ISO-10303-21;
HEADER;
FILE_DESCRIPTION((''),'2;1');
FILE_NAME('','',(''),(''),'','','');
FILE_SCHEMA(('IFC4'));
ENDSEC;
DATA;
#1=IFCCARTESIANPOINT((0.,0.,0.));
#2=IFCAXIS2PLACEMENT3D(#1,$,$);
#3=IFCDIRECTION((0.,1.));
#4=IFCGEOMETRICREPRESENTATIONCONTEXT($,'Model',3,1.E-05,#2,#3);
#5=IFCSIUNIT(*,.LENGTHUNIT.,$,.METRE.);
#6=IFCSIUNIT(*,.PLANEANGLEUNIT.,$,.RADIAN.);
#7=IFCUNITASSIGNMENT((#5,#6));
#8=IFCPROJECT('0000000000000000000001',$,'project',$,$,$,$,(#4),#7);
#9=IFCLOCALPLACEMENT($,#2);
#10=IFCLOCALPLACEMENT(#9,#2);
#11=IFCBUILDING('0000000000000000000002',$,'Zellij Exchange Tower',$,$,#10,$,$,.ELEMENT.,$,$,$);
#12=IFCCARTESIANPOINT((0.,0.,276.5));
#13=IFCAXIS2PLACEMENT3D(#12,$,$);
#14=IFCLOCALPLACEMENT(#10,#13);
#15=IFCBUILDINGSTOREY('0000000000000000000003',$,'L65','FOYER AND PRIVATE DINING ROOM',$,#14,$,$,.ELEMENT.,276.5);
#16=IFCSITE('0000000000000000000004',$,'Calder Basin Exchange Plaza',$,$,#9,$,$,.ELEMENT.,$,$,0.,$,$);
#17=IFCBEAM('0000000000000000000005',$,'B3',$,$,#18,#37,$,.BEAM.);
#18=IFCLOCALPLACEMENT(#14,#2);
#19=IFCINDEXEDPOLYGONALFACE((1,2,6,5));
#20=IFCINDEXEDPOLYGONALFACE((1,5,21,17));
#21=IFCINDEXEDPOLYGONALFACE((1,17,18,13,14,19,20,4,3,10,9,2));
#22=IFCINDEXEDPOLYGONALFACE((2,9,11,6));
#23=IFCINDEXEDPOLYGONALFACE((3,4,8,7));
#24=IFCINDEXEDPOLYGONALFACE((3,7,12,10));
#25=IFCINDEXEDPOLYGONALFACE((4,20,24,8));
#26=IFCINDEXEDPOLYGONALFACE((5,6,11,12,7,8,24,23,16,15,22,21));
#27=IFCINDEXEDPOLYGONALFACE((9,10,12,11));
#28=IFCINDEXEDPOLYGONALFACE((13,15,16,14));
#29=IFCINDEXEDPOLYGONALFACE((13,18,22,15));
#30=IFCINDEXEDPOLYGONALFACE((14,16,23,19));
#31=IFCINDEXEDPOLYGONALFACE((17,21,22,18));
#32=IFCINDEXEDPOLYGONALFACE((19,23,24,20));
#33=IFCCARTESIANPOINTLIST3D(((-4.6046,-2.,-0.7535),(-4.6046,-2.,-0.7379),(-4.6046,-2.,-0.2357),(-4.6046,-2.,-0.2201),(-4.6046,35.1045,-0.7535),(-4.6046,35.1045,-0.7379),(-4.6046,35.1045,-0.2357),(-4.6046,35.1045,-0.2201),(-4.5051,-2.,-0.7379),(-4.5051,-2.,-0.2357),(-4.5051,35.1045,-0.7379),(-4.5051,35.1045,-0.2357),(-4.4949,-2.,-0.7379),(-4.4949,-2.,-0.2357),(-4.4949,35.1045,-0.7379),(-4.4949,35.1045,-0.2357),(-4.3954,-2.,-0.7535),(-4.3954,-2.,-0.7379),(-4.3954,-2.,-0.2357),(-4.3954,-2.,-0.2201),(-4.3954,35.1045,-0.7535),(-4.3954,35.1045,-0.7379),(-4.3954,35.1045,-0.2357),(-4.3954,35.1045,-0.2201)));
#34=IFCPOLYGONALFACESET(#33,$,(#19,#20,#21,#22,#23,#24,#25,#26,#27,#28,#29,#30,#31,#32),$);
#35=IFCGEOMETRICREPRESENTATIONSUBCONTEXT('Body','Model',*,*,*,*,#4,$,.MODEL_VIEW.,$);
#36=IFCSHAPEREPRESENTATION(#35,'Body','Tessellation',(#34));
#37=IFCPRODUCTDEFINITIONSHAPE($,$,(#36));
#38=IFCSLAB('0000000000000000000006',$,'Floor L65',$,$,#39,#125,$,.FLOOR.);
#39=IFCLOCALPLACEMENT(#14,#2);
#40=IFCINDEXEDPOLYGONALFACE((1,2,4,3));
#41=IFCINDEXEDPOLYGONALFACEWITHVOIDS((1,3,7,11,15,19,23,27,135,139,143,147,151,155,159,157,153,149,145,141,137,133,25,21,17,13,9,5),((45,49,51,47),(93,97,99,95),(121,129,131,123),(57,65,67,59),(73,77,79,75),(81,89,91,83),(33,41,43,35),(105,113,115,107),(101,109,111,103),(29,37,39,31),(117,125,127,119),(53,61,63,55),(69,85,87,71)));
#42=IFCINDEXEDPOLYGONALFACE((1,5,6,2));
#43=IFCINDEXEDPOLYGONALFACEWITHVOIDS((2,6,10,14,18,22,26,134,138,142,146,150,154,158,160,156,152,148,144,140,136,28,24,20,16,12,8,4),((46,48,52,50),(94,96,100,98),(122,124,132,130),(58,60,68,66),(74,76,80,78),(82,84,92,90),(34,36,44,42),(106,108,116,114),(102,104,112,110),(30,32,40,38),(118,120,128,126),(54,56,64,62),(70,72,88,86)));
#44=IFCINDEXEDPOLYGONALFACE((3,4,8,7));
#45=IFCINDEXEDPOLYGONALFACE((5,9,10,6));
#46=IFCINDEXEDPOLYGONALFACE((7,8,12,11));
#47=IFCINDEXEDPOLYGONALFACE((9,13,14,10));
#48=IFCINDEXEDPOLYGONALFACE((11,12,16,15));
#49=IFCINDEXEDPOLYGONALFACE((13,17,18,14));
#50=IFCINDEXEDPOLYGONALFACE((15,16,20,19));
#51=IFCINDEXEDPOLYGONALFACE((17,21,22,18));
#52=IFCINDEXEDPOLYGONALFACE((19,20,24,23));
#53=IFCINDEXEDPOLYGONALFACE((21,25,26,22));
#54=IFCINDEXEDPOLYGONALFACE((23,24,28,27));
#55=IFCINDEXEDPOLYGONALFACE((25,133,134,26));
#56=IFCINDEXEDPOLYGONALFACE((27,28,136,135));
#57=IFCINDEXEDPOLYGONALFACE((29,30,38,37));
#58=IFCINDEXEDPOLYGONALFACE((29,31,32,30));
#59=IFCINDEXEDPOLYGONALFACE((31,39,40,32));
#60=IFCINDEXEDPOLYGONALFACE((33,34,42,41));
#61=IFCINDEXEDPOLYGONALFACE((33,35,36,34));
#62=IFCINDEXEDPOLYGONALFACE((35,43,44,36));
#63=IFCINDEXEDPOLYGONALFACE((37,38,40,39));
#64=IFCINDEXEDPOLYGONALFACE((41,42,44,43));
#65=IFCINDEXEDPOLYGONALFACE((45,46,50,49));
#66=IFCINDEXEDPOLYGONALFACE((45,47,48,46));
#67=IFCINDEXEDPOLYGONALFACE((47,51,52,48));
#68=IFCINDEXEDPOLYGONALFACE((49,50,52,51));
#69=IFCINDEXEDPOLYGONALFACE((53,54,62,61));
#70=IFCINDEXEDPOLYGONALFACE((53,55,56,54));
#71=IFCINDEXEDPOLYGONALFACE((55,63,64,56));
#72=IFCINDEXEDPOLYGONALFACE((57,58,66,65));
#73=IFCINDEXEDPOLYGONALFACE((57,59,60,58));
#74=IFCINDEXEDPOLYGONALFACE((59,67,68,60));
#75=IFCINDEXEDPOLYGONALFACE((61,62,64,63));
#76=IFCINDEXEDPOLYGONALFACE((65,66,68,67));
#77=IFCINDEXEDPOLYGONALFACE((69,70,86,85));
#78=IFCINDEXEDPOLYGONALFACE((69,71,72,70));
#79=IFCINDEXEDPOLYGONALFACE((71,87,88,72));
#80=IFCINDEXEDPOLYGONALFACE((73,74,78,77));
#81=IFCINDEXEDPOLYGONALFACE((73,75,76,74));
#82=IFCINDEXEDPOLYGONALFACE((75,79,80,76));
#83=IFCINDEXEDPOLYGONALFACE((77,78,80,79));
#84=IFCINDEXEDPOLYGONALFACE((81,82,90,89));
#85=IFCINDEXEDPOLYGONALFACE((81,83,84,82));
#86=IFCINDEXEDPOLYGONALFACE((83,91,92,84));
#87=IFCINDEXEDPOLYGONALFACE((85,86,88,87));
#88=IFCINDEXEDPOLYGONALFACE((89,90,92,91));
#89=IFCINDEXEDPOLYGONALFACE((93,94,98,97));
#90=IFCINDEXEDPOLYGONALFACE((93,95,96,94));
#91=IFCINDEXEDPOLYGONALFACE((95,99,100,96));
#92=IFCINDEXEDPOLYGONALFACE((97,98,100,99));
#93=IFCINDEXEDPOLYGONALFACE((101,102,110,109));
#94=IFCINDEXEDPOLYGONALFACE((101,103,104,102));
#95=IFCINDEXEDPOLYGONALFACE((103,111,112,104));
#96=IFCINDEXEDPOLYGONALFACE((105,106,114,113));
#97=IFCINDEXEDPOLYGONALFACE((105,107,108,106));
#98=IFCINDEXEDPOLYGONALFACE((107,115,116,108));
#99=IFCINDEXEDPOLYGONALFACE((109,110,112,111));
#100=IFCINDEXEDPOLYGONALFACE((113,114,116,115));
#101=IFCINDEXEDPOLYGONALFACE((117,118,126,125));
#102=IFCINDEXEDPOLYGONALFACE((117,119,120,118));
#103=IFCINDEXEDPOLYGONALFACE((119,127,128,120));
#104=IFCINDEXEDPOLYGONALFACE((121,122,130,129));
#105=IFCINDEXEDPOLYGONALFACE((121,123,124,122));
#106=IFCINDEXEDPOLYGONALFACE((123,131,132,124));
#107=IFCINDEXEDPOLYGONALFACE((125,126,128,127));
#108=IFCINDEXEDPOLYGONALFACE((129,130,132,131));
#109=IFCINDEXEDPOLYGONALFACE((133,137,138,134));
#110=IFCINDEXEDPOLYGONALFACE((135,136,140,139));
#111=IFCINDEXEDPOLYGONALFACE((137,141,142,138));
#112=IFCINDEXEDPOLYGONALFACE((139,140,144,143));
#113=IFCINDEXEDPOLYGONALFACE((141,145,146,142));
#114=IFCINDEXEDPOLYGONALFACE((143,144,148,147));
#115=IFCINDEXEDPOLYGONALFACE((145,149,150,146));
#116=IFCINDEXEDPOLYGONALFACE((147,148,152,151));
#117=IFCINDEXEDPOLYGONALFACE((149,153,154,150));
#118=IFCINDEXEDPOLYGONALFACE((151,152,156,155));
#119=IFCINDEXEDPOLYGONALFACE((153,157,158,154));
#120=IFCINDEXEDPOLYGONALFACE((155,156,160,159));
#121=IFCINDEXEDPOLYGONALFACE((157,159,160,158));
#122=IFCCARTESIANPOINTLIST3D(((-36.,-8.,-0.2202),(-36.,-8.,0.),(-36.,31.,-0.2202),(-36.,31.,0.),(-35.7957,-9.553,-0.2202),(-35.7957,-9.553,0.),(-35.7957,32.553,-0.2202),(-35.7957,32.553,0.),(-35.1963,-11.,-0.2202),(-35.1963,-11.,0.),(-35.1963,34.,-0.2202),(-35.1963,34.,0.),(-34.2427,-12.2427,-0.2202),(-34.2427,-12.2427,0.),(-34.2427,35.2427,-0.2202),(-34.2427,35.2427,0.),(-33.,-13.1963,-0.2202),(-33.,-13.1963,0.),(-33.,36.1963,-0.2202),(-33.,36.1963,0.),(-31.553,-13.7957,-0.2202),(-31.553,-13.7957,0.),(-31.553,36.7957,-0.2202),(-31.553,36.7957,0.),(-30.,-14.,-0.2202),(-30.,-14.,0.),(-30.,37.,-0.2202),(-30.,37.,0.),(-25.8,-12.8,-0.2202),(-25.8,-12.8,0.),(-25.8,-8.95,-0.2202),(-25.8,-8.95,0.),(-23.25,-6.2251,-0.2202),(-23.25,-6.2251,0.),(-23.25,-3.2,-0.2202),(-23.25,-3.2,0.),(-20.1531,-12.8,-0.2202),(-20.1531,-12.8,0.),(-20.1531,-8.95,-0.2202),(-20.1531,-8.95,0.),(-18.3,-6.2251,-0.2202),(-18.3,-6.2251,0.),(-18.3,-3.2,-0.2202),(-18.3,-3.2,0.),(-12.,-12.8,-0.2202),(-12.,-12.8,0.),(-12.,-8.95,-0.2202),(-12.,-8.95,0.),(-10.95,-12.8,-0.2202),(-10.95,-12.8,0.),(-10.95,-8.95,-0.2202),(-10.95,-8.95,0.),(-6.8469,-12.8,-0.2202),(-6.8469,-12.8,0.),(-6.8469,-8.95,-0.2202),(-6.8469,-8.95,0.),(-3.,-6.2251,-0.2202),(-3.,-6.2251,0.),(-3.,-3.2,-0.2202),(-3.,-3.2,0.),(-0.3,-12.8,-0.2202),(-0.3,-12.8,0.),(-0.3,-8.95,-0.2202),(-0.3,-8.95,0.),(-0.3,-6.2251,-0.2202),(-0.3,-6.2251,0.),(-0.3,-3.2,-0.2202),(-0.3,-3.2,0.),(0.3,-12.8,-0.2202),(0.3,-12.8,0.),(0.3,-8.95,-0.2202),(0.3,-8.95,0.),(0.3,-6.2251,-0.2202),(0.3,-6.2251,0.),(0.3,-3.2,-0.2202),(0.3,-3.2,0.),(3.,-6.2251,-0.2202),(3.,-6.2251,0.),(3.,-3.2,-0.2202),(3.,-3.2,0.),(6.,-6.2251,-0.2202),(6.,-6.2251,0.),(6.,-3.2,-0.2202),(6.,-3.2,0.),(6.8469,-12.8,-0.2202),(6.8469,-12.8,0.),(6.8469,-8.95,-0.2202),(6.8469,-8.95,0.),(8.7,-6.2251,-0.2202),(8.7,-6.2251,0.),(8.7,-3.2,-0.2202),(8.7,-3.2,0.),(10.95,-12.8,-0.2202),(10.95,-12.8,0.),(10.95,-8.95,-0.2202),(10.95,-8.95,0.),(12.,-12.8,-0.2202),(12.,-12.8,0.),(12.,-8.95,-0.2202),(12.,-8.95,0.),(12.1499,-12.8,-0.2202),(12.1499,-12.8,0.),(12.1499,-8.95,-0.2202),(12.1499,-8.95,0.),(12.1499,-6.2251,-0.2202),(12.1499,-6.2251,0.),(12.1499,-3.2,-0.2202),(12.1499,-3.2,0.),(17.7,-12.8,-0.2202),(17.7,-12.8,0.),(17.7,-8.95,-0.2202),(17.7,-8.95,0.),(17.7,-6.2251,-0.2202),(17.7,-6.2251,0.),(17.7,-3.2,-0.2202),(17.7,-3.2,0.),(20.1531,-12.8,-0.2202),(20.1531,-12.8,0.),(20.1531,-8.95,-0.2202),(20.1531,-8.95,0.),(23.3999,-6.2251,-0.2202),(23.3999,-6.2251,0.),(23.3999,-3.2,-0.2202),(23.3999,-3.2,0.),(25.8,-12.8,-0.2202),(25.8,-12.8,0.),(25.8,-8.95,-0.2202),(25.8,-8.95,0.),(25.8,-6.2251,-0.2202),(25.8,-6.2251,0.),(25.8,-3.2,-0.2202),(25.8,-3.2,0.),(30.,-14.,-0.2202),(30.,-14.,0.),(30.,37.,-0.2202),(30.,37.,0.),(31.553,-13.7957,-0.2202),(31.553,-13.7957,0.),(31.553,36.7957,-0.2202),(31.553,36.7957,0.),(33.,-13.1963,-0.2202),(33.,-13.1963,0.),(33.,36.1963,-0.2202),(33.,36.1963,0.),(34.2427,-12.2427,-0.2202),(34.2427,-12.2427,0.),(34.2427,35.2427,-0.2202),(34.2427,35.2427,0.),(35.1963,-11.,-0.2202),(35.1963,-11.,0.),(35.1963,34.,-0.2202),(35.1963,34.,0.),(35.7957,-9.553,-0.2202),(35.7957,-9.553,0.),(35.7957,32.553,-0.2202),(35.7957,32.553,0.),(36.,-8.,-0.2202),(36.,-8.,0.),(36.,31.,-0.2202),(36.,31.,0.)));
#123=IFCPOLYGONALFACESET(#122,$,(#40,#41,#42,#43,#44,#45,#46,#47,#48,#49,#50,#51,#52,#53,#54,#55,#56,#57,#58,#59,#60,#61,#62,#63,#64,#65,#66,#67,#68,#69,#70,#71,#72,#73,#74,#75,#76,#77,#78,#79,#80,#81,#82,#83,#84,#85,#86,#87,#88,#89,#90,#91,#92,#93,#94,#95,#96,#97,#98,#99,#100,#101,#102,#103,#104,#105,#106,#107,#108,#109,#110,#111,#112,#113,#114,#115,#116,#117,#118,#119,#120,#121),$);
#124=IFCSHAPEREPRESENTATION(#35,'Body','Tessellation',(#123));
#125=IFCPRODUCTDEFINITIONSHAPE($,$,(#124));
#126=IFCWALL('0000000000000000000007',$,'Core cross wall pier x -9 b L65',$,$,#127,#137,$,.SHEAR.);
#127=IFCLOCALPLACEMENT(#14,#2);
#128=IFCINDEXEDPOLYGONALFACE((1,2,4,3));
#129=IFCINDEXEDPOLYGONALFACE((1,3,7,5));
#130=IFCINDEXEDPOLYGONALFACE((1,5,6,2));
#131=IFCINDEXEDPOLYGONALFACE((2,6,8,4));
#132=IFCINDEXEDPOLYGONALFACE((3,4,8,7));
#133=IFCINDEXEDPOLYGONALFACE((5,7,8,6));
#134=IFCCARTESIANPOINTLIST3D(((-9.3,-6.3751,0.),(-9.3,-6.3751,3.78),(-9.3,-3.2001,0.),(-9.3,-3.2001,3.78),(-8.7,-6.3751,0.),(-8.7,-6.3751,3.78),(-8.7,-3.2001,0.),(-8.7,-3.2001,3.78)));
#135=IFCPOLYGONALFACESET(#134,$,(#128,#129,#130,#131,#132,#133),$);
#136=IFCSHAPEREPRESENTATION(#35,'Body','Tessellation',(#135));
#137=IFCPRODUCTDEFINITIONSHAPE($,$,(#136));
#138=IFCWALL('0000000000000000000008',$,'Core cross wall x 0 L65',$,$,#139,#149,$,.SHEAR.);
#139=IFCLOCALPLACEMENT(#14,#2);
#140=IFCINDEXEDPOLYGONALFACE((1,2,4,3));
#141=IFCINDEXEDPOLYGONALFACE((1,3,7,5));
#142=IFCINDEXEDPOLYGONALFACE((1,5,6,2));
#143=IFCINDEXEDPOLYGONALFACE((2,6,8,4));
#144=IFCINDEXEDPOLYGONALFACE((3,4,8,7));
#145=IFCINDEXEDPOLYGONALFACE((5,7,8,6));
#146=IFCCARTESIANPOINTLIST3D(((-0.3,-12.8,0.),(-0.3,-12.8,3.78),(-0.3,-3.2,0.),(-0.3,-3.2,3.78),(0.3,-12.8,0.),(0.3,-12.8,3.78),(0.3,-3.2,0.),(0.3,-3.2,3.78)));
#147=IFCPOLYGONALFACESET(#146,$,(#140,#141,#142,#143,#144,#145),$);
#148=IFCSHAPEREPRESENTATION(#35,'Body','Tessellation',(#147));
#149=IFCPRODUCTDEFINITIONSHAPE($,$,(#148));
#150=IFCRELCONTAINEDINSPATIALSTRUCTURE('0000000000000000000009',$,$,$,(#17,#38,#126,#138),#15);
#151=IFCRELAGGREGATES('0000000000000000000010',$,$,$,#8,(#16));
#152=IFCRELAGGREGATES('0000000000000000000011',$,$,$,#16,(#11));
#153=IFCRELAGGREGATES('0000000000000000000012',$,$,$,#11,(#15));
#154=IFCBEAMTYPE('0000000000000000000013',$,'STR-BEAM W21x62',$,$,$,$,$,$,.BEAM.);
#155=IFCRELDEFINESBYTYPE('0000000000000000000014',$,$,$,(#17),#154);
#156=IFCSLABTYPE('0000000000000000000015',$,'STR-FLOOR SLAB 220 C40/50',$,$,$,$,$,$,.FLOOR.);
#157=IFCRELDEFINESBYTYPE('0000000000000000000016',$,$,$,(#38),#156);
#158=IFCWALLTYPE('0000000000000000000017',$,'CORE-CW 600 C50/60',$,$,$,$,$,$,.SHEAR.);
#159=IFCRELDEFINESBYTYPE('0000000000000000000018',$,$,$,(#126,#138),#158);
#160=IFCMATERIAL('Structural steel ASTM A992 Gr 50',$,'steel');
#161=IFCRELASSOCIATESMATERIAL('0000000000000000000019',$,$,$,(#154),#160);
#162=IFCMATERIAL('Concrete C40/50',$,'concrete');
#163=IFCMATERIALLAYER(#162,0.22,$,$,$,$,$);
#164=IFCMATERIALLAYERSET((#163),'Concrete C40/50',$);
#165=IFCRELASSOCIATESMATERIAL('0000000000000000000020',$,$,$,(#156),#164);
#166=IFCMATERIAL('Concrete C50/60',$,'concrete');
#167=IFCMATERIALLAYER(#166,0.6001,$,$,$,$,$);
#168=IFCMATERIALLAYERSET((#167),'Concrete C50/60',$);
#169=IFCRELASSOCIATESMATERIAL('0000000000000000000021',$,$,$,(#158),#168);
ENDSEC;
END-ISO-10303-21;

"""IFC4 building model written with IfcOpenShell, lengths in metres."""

from ifc_helpers import new_model, si_unit, direction, frame, frame_2d, origin, origin_2d, place, context, subcontext, project, spatial, polyline, rectangle, i_section, outline, extrude, material, layer, layer_set, material_profile, profile_set, type_object, element, save


model = new_model("IFC4")

# Units and contexts
model_context = context("Model", 3, precision=1e-05, world=origin(), true_north=direction((0.0, 1.0)))
body_context = subcontext(model_context, "Body", "Model", "MODEL_VIEW")
ifc_project = project(units=[si_unit("LENGTHUNIT", "METRE"), si_unit("PLANEANGLEUNIT", "RADIAN")], contexts=[model_context])

# Site, building, storey
site_placement = place(None, origin())
site = spatial("IfcSite", under=ifc_project, at=site_placement, Name="Calder Basin Exchange Plaza", CompositionType="ELEMENT", RefElevation=0.0)
building_placement = place(site_placement, origin())
building = spatial("IfcBuilding", under=site, at=building_placement, Name="Zellij Exchange Tower", CompositionType="ELEMENT")
storey_placement = place(building_placement, frame((0.0, 0.0, 276.5)))
storey = spatial("IfcBuildingStorey", under=building, at=storey_placement, Name="L65", Description="FOYER AND PRIVATE DINING ROOM", CompositionType="ELEMENT", Elevation=276.5)

# Beam
ifc_material_1 = material(Name="Structural steel ASTM A992 Gr 50", Category="steel")
ifc_material_profile = material_profile(ifc_material_1, i_section(OverallWidth=0.2092, OverallDepth=0.5334, WebThickness=0.0103, FlangeThickness=0.0156, at=origin_2d()), Name="W21x62")
ifc_profile_set = profile_set([ifc_material_profile], Name="Structural steel ASTM A992 Gr 50")
beam_type = type_object("IfcBeamType", Name="STR-BEAM W21x62", PredefinedType="BEAM", material=ifc_profile_set)
beam_placement = place(storey_placement, frame((-4.5, -2.0, -0.4868), z_axis=(0.0, 1.0, 0.0), x_axis=(-1.0, 0.0, 0.0)))
element("IfcBeam", 1, at=beam_placement, inside=storey, type_object=beam_type, Name="B3", PredefinedType="BEAM", context=body_context, shape_type="SweptSolid", body=[
    extrude(i_section(OverallWidth=0.2092, OverallDepth=0.5334, WebThickness=0.0103, FlangeThickness=0.0156, at=origin_2d()), origin(), (0.0, 0.0, 1.0), 37.1045),
])

# Slab
ifc_material_2 = material(Name="Concrete C40/50", Category="concrete")
ifc_layer_1 = layer(ifc_material_2, 0.22)
ifc_layer_set_1 = layer_set([ifc_layer_1], Name="Concrete C40/50")
slab_type = type_object("IfcSlabType", Name="STR-FLOOR SLAB 220 C40/50", PredefinedType="FLOOR", material=ifc_layer_set_1)
slab_placement = place(storey_placement, frame((0.0, 0.0, -0.2202)))
element("IfcSlab", 2, at=slab_placement, inside=storey, type_object=slab_type, Name="Floor L65", PredefinedType="FLOOR", context=body_context, shape_type="SweptSolid", body=[
    extrude(outline(polyline([(-30.0, -14.0), (-31.553, -13.7957), (-33.0, -13.1963), (-34.2427, -12.2427), (-35.1963, -11.0), (-35.7957, -9.553), (-36.0, -8.0), (-36.0, 31.0), (-35.7957, 32.553), (-35.1963, 34.0), (-34.2427, 35.2427), (-33.0, 36.1963), (-31.553, 36.7957), (-30.0, 37.0), (30.0, 37.0), (31.553, 36.7957), (33.0, 36.1963), (34.2427, 35.2427), (35.1963, 34.0), (35.7957, 32.553), (36.0, 31.0), (36.0, -8.0), (35.7957, -9.553), (35.1963, -11.0), (34.2427, -12.2427), (33.0, -13.1963), (31.553, -13.7957), (30.0, -14.0), (-30.0, -14.0)]), holes=[polyline([(-25.8, -8.95), (-25.8, -12.8), (-20.1531, -12.8), (-20.1531, -8.95), (-25.8, -8.95)]), polyline([(-10.95, -8.95), (-12.0, -8.95), (-12.0, -12.8), (-10.95, -12.8), (-10.95, -8.95)]), polyline([(-0.3, -8.95), (-6.8469, -8.95), (-6.8469, -12.8), (-0.3, -12.8), (-0.3, -8.95)]), polyline([(0.3, -8.95), (0.3, -12.8), (6.8469, -12.8), (6.8469, -8.95), (0.3, -8.95)]), polyline([(-18.3, -3.2), (-23.25, -3.2), (-23.25, -6.2251), (-18.3, -6.2251), (-18.3, -3.2)]), polyline([(-0.3, -3.2), (-3.0, -3.2), (-3.0, -6.2251), (-0.3, -6.2251), (-0.3, -3.2)]), polyline([(0.3, -3.2), (0.3, -6.2251), (3.0, -6.2251), (3.0, -3.2), (0.3, -3.2)]), polyline([(12.0, -8.95), (10.95, -8.95), (10.95, -12.8), (12.0, -12.8), (12.0, -8.95)]), polyline([(17.7, -8.95), (12.1499, -8.95), (12.1499, -12.8), (17.7, -12.8), (17.7, -8.95)]), polyline([(25.8, -8.95), (20.1531, -8.95), (20.1531, -12.8), (25.8, -12.8), (25.8, -8.95)]), polyline([(8.7, -3.2), (6.0, -3.2), (6.0, -6.2251), (8.7, -6.2251), (8.7, -3.2)]), polyline([(17.7, -3.2), (12.1499, -3.2), (12.1499, -6.2251), (17.7, -6.2251), (17.7, -3.2)]), polyline([(25.8, -3.2), (23.3999, -3.2), (23.3999, -6.2251), (25.8, -6.2251), (25.8, -3.2)])]), origin(), (0.0, 0.0, 1.0), 0.2202),
])

# Walls
ifc_material_3 = material(Name="Concrete C50/60", Category="concrete")
ifc_layer_2 = layer(ifc_material_3, 0.6001)
ifc_layer_set_2 = layer_set([ifc_layer_2], Name="Concrete C50/60")
wall_type_1 = type_object("IfcWallType", Name="CORE-CW 600 C50/60", PredefinedType="SHEAR", material=ifc_layer_set_2)
wall_1_placement = place(storey_placement, frame((-9.0, -6.375, 0.0), z_axis=(0.0, 0.0, 1.0), x_axis=(0.0, 1.0, 0.0)))
element("IfcWall", 3, at=wall_1_placement, inside=storey, type_object=wall_type_1, Name="Core cross wall pier x -9 b L65", PredefinedType="SHEAR", context=body_context, shape_type="SweptSolid", body=[
    extrude(rectangle(XDim=3.175, YDim=0.6001, at=frame_2d((1.5874, 0.0))), origin(), (0.0, 0.0, 1.0), 3.78),
])
wall_2_placement = place(storey_placement, frame((0.0, -12.8, 0.0), z_axis=(0.0, 0.0, 1.0), x_axis=(0.0, 1.0, 0.0)))
element("IfcWall", 4, at=wall_2_placement, inside=storey, type_object=wall_type_1, Name="Core cross wall x 0 L65", PredefinedType="SHEAR", context=body_context, shape_type="SweptSolid", body=[
    extrude(rectangle(XDim=9.6001, YDim=0.6001, at=frame_2d((4.8, 0.0))), origin(), (0.0, 0.0, 1.0), 3.78),
])

save(model, "model.ifc")
